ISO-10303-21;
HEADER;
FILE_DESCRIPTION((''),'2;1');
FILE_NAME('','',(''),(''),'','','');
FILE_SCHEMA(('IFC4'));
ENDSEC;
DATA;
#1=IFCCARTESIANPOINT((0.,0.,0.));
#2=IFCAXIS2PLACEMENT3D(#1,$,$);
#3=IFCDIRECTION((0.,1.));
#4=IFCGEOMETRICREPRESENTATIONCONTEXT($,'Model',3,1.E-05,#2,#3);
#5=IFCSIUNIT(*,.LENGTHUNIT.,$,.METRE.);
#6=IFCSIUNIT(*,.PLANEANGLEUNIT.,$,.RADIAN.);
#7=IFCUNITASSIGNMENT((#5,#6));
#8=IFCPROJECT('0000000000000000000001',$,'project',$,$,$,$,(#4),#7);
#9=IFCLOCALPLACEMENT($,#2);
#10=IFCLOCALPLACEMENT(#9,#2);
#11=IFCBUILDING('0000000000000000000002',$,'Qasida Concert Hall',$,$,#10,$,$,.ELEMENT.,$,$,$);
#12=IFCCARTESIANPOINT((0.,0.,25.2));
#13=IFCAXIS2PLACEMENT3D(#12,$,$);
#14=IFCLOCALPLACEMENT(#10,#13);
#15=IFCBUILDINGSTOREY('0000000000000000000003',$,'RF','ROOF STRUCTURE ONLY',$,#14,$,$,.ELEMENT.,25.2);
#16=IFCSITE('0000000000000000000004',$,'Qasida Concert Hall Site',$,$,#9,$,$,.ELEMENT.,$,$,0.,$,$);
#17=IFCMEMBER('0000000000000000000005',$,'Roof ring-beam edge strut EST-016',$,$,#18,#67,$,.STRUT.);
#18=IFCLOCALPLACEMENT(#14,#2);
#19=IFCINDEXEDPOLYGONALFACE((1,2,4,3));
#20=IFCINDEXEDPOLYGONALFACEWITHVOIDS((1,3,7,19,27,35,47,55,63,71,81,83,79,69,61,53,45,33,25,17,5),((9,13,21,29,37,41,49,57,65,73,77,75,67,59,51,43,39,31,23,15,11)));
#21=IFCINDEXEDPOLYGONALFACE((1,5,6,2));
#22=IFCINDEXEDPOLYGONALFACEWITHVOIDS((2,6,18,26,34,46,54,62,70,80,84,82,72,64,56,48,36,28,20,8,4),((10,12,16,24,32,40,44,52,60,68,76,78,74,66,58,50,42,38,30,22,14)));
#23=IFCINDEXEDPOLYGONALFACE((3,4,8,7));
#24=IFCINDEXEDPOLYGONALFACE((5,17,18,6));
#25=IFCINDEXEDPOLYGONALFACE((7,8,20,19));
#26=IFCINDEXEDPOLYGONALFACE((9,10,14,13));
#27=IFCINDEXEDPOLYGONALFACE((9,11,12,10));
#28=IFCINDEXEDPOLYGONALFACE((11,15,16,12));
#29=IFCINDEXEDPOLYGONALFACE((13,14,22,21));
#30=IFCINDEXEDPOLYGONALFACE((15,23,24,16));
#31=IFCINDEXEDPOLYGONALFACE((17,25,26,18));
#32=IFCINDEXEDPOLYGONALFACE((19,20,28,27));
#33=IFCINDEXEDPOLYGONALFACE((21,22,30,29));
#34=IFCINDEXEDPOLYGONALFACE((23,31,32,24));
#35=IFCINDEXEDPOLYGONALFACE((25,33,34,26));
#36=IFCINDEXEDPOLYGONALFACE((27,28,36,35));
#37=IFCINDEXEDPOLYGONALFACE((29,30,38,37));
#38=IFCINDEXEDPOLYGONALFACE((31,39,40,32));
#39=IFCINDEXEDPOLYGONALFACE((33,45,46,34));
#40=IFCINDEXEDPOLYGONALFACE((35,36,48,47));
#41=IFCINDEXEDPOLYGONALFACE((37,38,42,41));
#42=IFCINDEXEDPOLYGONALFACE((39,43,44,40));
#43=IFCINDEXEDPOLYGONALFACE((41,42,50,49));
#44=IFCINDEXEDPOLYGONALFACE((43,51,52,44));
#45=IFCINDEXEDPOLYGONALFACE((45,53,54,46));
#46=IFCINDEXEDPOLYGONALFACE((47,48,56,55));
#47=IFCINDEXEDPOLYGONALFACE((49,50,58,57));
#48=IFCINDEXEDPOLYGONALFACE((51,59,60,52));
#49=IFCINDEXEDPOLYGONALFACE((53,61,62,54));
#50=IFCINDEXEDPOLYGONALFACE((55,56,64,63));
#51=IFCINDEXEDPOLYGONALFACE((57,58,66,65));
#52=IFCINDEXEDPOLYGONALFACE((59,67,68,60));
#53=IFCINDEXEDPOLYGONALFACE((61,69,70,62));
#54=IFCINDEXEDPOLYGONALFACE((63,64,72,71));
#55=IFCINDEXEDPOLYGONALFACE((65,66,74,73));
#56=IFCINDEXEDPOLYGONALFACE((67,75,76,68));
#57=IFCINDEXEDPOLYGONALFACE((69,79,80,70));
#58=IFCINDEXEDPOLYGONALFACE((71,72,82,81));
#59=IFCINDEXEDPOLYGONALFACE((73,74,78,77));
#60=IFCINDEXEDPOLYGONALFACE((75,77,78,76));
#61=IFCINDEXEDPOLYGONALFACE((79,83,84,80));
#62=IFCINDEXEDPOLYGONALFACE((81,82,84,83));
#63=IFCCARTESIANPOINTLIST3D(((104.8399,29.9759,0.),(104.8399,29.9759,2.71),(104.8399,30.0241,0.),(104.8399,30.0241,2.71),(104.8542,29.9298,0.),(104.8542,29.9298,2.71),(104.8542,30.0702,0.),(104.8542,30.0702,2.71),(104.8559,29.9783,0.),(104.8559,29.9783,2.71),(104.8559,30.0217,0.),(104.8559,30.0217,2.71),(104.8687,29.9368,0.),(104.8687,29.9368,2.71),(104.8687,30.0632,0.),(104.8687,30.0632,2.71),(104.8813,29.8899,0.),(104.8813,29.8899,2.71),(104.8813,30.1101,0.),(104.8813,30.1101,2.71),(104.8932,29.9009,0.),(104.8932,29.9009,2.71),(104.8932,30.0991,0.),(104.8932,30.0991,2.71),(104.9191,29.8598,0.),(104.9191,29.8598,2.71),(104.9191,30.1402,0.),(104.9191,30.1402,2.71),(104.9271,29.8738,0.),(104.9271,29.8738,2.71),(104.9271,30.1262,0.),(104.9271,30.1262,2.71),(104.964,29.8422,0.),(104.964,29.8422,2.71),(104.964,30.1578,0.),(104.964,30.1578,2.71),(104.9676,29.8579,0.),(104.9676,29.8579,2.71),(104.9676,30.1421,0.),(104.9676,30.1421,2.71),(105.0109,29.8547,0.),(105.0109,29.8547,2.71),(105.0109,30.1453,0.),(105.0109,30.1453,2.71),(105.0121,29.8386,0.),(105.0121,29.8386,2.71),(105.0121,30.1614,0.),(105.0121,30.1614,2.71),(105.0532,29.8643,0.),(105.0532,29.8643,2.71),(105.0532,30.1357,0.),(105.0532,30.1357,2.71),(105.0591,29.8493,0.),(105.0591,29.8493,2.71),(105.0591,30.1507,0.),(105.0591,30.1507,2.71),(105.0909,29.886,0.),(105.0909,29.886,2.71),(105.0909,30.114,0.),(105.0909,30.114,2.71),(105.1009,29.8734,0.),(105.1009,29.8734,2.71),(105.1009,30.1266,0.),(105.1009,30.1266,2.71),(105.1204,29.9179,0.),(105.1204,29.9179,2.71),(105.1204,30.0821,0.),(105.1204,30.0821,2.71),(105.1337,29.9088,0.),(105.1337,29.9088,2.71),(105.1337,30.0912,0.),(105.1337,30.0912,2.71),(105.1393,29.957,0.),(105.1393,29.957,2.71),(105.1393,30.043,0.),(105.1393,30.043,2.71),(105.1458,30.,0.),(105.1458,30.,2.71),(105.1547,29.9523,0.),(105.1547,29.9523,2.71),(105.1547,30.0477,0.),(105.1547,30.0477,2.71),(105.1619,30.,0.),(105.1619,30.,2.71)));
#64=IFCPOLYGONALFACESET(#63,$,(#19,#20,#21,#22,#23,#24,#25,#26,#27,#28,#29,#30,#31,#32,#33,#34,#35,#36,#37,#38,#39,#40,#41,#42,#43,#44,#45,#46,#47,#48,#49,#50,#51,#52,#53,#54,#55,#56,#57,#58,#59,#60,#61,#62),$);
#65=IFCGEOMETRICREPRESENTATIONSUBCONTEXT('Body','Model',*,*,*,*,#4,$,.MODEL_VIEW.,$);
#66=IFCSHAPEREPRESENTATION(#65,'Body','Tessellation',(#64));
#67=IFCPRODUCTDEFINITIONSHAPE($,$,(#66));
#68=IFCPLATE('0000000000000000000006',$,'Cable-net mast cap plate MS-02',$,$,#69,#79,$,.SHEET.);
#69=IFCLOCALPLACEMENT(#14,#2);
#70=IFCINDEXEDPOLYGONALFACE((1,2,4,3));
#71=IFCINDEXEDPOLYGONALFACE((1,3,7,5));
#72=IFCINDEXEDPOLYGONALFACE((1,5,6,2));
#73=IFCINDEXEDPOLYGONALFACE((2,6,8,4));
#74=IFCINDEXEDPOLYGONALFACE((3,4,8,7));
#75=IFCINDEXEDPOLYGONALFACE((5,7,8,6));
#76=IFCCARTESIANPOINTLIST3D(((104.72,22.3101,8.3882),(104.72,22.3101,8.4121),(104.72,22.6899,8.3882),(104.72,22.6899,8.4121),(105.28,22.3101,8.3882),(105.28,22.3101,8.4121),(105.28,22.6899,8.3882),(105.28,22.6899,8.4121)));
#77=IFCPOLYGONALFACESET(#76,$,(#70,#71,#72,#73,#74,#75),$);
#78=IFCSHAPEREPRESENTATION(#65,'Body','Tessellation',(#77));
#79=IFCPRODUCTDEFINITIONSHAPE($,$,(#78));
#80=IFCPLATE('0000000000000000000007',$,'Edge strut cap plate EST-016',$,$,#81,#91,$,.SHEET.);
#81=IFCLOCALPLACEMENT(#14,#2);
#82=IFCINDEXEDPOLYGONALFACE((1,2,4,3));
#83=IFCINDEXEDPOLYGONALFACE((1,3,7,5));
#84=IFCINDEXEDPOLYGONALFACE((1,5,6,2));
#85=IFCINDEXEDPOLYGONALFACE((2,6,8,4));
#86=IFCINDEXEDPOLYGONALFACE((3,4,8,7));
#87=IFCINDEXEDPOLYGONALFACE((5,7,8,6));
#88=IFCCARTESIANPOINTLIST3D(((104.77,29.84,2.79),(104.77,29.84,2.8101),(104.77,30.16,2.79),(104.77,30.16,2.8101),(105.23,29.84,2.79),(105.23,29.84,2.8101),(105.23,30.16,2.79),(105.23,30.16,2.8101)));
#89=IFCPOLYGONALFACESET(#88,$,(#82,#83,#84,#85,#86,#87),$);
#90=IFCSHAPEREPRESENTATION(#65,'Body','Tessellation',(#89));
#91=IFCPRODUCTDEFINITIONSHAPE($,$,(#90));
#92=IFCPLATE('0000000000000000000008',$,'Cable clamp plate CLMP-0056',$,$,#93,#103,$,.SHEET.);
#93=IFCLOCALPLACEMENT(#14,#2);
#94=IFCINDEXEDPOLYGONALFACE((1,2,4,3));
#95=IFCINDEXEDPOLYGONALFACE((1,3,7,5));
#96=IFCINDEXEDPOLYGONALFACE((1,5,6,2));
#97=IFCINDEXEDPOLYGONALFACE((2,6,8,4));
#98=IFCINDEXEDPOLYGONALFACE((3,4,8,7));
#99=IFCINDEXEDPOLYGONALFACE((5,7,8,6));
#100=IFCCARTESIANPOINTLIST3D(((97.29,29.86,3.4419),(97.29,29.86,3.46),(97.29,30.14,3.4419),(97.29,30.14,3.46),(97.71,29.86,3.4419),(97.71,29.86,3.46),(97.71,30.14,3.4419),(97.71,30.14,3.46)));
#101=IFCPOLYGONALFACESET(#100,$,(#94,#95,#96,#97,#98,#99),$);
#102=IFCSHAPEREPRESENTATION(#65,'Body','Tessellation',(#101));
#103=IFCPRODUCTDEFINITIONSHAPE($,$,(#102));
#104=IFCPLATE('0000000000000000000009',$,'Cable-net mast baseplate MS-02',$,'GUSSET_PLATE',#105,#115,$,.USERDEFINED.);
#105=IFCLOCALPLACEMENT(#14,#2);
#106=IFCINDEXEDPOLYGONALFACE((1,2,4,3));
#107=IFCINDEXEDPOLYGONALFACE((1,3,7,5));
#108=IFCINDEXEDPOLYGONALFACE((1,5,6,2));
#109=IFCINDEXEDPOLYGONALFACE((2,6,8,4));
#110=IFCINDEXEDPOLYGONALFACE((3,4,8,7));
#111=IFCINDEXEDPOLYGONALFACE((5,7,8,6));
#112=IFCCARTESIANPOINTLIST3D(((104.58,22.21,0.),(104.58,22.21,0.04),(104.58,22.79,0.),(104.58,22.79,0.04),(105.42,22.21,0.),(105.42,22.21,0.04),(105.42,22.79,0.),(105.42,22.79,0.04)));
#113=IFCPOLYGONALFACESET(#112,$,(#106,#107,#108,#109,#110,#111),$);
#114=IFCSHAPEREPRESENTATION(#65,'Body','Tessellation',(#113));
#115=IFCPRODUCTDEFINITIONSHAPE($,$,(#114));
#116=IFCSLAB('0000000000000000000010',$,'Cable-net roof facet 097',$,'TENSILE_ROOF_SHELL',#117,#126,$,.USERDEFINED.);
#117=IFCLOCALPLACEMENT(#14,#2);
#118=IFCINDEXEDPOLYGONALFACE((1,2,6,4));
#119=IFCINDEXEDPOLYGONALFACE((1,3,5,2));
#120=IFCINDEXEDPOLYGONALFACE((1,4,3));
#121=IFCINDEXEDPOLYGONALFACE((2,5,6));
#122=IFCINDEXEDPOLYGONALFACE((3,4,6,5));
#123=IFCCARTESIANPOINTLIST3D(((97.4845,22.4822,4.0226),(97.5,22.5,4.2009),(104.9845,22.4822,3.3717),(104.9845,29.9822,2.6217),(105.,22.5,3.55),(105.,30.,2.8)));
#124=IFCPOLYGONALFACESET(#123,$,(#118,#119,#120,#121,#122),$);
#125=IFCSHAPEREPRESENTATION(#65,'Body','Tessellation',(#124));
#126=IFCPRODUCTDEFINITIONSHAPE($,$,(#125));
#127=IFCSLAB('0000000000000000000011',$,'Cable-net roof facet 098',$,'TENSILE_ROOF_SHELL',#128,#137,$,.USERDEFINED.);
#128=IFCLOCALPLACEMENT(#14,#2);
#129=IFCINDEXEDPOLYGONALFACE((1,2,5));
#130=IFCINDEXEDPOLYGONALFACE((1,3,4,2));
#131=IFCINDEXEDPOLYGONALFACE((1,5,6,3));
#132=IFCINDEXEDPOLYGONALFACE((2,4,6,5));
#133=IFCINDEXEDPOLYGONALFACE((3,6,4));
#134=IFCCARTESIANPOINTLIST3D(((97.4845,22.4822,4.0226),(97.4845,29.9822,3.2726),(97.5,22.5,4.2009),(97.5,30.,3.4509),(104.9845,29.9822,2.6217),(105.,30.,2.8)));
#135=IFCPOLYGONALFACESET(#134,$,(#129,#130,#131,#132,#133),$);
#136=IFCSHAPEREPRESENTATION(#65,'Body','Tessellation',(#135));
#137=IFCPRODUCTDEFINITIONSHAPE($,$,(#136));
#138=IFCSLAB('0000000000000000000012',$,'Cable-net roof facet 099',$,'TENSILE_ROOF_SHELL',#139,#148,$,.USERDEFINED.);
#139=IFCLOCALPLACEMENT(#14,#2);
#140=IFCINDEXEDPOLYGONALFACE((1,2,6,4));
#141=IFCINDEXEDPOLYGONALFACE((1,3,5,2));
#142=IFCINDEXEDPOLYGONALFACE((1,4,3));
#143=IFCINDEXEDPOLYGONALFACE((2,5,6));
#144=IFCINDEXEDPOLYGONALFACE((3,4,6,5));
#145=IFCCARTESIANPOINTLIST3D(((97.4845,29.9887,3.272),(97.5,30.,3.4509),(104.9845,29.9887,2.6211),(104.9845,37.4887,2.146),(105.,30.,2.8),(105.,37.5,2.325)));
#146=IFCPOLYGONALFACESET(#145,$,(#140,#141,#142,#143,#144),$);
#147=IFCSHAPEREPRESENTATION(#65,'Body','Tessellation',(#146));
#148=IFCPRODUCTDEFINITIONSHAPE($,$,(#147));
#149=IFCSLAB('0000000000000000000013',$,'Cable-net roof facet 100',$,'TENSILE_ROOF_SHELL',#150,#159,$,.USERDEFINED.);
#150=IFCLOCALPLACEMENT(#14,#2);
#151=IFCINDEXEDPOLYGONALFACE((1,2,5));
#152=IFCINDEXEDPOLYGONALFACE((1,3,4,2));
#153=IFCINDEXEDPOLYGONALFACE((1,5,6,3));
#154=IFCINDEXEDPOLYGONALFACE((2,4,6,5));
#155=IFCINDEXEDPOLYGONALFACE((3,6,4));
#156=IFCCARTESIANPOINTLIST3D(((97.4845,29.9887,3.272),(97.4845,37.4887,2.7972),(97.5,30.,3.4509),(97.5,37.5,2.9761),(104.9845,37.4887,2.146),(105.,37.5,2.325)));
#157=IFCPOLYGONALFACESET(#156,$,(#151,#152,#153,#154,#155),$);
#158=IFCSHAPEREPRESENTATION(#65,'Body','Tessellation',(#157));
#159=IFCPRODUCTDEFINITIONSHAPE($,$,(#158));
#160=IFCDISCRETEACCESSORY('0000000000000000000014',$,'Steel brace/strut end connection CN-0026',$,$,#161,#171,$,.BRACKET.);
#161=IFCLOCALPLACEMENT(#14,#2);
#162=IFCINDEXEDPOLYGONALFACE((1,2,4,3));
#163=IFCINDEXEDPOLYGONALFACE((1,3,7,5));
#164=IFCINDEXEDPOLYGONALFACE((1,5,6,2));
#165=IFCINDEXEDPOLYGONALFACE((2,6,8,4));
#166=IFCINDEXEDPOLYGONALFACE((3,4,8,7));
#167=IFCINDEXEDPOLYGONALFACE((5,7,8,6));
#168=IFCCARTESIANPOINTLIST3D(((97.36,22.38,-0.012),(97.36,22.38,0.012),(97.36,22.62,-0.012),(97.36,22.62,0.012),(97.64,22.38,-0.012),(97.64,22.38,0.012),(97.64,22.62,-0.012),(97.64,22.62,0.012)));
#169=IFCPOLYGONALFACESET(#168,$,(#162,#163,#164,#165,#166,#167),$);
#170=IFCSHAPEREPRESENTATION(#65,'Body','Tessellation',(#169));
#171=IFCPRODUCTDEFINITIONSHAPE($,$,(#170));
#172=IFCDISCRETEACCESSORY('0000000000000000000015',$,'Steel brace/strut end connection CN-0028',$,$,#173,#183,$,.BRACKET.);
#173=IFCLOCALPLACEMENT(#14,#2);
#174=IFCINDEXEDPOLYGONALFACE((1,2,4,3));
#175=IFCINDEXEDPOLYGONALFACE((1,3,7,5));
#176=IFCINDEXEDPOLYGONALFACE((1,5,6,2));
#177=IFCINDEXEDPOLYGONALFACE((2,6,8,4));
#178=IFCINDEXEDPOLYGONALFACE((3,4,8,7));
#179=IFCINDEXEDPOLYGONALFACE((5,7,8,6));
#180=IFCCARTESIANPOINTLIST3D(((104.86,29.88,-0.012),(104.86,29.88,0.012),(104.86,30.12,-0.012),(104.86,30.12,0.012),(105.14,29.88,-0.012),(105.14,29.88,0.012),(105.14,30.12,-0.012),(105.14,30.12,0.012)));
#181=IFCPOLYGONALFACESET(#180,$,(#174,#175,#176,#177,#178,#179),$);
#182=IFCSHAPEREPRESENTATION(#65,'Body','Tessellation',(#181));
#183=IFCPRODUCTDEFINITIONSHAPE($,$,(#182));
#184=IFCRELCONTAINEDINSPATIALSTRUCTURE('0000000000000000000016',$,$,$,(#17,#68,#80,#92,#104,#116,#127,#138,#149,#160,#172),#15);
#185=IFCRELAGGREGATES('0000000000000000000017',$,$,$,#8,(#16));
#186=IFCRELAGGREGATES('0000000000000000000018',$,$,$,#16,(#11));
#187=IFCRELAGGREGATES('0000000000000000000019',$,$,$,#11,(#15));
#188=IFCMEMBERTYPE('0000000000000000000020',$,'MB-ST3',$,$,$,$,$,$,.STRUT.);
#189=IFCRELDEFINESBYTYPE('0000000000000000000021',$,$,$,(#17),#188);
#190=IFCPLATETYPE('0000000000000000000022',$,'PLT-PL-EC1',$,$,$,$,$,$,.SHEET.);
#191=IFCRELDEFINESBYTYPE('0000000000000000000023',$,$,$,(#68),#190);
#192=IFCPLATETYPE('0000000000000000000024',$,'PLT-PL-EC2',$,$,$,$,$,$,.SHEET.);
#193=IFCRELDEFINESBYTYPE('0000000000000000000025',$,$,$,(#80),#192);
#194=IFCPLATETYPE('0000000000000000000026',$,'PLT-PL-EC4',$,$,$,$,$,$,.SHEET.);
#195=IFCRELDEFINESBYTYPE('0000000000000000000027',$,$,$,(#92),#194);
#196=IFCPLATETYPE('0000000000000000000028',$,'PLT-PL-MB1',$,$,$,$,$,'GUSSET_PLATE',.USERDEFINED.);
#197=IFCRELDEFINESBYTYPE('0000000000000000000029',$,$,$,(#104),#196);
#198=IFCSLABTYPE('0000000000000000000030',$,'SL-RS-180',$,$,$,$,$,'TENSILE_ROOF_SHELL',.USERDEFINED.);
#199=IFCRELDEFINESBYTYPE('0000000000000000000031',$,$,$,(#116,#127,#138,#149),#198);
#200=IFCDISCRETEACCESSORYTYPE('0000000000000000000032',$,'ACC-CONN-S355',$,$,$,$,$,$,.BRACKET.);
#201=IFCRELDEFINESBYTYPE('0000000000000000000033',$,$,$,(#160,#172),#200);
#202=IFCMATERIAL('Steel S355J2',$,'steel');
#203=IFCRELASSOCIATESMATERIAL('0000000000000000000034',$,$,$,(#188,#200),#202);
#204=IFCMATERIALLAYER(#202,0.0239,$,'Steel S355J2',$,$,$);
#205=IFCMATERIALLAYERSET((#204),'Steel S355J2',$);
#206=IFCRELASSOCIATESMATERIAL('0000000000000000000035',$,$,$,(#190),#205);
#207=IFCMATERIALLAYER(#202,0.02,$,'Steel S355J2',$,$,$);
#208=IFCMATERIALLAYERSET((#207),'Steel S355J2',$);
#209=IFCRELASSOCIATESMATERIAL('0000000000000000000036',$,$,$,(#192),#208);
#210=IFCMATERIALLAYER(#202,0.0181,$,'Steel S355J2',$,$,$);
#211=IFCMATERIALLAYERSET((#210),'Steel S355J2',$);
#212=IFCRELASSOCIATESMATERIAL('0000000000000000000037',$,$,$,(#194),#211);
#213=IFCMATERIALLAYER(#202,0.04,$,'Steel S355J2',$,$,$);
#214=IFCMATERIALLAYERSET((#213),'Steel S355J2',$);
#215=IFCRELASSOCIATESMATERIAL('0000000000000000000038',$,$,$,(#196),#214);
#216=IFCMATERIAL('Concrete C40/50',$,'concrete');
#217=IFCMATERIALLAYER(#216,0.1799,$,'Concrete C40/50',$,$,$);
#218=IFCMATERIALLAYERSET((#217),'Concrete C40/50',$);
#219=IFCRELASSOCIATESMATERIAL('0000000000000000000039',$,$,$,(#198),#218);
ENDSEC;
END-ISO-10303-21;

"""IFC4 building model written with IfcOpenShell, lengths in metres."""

from ifc_helpers import new_model, si_unit, direction, frame, origin, origin_2d, place, context, subcontext, project, spatial, polyline, rectangle, hollow_circle, outline, extrude, material, layer, layer_set, material_profile, profile_set, type_object, element, save


model = new_model("IFC4")

# Units and contexts
model_context = context("Model", 3, precision=1e-05, world=origin(), true_north=direction((0.0, 1.0)))
body_context = subcontext(model_context, "Body", "Model", "MODEL_VIEW")
ifc_project = project(units=[si_unit("LENGTHUNIT", "METRE"), si_unit("PLANEANGLEUNIT", "RADIAN")], contexts=[model_context])

# Site, building, storey
site_placement = place(None, origin())
site = spatial("IfcSite", under=ifc_project, at=site_placement, Name="Qasida Concert Hall Site", CompositionType="ELEMENT", RefElevation=0.0)
building_placement = place(site_placement, origin())
building = spatial("IfcBuilding", under=site, at=building_placement, Name="Qasida Concert Hall", CompositionType="ELEMENT")
storey_placement = place(building_placement, frame((0.0, 0.0, 25.2)))
storey = spatial("IfcBuildingStorey", under=building, at=storey_placement, Name="RF", Description="ROOF STRUCTURE ONLY", CompositionType="ELEMENT", Elevation=25.2)

# Member
ifc_material_1 = material(Name="Steel S355J2", Category="steel")
ifc_material_profile_1 = material_profile(ifc_material_1, hollow_circle(Radius=0.1619, WallThickness=0.0161, at=origin_2d()), Name="CHS 323.9x16")
ifc_profile_set_1 = profile_set([ifc_material_profile_1], Name="Steel S355J2")
member_type_1 = type_object("IfcMemberType", Name="MB-ST3", PredefinedType="STRUT", material=ifc_profile_set_1)
member_1_placement = place(storey_placement, frame((105.0, 30.0, 0.0), z_axis=(0.0, 0.0, 1.0), x_axis=(1.0, 0.0, 0.0)))
element("IfcMember", 1, at=member_1_placement, inside=storey, type_object=member_type_1, Name="Roof ring-beam edge strut EST-016", PredefinedType="STRUT", context=body_context, shape_type="SweptSolid", body=[
    extrude(hollow_circle(Radius=0.1619, WallThickness=0.0161, at=origin_2d()), origin(), (0.0, 0.0, 1.0), 2.71),
])

# Plates
ifc_layer_1 = layer(ifc_material_1, 0.0239, Name="Steel S355J2")
ifc_layer_set_1 = layer_set([ifc_layer_1], Name="Steel S355J2")
plate_type_1 = type_object("IfcPlateType", Name="PLT-PL-EC1", PredefinedType="SHEET", material=ifc_layer_set_1)
plate_1_placement = place(storey_placement, frame((105.0, 22.5, 8.3882), z_axis=(0.0, 0.0, 1.0), x_axis=(1.0, 0.0, 0.0)))
element("IfcPlate", 2, at=plate_1_placement, inside=storey, type_object=plate_type_1, Name="Cable-net mast cap plate MS-02", PredefinedType="SHEET", context=body_context, shape_type="SweptSolid", body=[
    extrude(rectangle(XDim=0.5601, YDim=0.3799, at=origin_2d()), origin(), (0.0, 0.0, 1.0), 0.0239),
])
ifc_layer_2 = layer(ifc_material_1, 0.02, Name="Steel S355J2")
ifc_layer_set_2 = layer_set([ifc_layer_2], Name="Steel S355J2")
plate_type_2 = type_object("IfcPlateType", Name="PLT-PL-EC2", PredefinedType="SHEET", material=ifc_layer_set_2)
plate_2_placement = place(storey_placement, frame((105.0, 30.0, 2.79), z_axis=(0.0, 0.0, 1.0), x_axis=(1.0, 0.0, 0.0)))
element("IfcPlate", 3, at=plate_2_placement, inside=storey, type_object=plate_type_2, Name="Edge strut cap plate EST-016", PredefinedType="SHEET", context=body_context, shape_type="SweptSolid", body=[
    extrude(rectangle(XDim=0.46, YDim=0.3201, at=origin_2d()), origin(), (0.0, 0.0, 1.0), 0.02),
])
ifc_layer_3 = layer(ifc_material_1, 0.0181, Name="Steel S355J2")
ifc_layer_set_3 = layer_set([ifc_layer_3], Name="Steel S355J2")
plate_type_3 = type_object("IfcPlateType", Name="PLT-PL-EC4", PredefinedType="SHEET", material=ifc_layer_set_3)
plate_3_placement = place(storey_placement, frame((97.5, 30.0, 3.4419), z_axis=(0.0, 0.0, 1.0), x_axis=(1.0, 0.0, 0.0)))
element("IfcPlate", 4, at=plate_3_placement, inside=storey, type_object=plate_type_3, Name="Cable clamp plate CLMP-0056", PredefinedType="SHEET", context=body_context, shape_type="SweptSolid", body=[
    extrude(rectangle(XDim=0.4199, YDim=0.28, at=origin_2d()), origin(), (0.0, 0.0, 1.0), 0.0181),
])
ifc_layer_4 = layer(ifc_material_1, 0.04, Name="Steel S355J2")
ifc_layer_set_4 = layer_set([ifc_layer_4], Name="Steel S355J2")
plate_type_4 = type_object("IfcPlateType", Name="PLT-PL-MB1", ElementType="GUSSET_PLATE", PredefinedType="USERDEFINED", material=ifc_layer_set_4)
plate_4_placement = place(storey_placement, frame((105.0, 22.5, 0.0), z_axis=(0.0, 0.0, 1.0), x_axis=(1.0, 0.0, 0.0)))
element("IfcPlate", 5, at=plate_4_placement, inside=storey, type_object=plate_type_4, Name="Cable-net mast baseplate MS-02", ObjectType="GUSSET_PLATE", PredefinedType="USERDEFINED", context=body_context, shape_type="SweptSolid", body=[
    extrude(rectangle(XDim=0.8401, YDim=0.5801, at=origin_2d()), origin(), (0.0, 0.0, 1.0), 0.04),
])

# Slabs
ifc_material_2 = material(Name="Concrete C40/50", Category="concrete")
ifc_layer_5 = layer(ifc_material_2, 0.1799, Name="Concrete C40/50")
ifc_layer_set_5 = layer_set([ifc_layer_5], Name="Concrete C40/50")
slab_type = type_object("IfcSlabType", Name="SL-RS-180", ElementType="TENSILE_ROOF_SHELL", PredefinedType="USERDEFINED", material=ifc_layer_set_5)
slab_1_placement = place(storey_placement, frame((97.5, 22.5, 4.2009), z_axis=(0.086033, 0.099135, 0.991348), x_axis=(0.996255, 0.0, -0.086459)))
element("IfcSlab", 6, at=slab_1_placement, inside=storey, type_object=slab_type, Name="Cable-net roof facet 097", ObjectType="TENSILE_ROOF_SHELL", PredefinedType="USERDEFINED", context=body_context, shape_type="SweptSolid", body=[
    extrude(outline(polyline([(0.0, 0.0), (7.5282, 0.0), (7.593, 7.5371), (0.0, 0.0)])), origin(), (0.0, 0.0, -1.0), 0.1799),
])
slab_2_placement = place(storey_placement, frame((97.5, 22.5, 4.2009), z_axis=(0.086033, 0.099135, 0.991348), x_axis=(0.701019, 0.701019, -0.130939)))
element("IfcSlab", 7, at=slab_2_placement, inside=storey, type_object=slab_type, Name="Cable-net roof facet 098", ObjectType="TENSILE_ROOF_SHELL", PredefinedType="USERDEFINED", context=body_context, shape_type="SweptSolid", body=[
    extrude(outline(polyline([(0.0, 0.0), (10.6987, 0.0), (5.3558, 5.3035), (0.0, 0.0)])), origin(), (0.0, 0.0, -1.0), 0.1799),
])
slab_3_placement = place(storey_placement, frame((97.5, 30.0, 3.4509), z_axis=(0.086287, 0.062984, 0.994277), x_axis=(0.996255, 0.0, -0.086459)))
element("IfcSlab", 8, at=slab_3_placement, inside=storey, type_object=slab_type, Name="Cable-net roof facet 099", ObjectType="TENSILE_ROOF_SHELL", PredefinedType="USERDEFINED", context=body_context, shape_type="SweptSolid", body=[
    extrude(outline(polyline([(0.0, 0.0), (7.5282, 0.0), (7.5693, 7.5149), (0.0, 0.0)])), origin(), (0.0, 0.0, -1.0), 0.1799),
])
slab_4_placement = place(storey_placement, frame((97.5, 30.0, 3.4509), z_axis=(0.08632, 0.062951, 0.994277), x_axis=(0.703156, 0.703156, -0.105565)))
element("IfcSlab", 9, at=slab_4_placement, inside=storey, type_object=slab_type, Name="Cable-net roof facet 100", ObjectType="TENSILE_ROOF_SHELL", PredefinedType="USERDEFINED", context=body_context, shape_type="SweptSolid", body=[
    extrude(outline(polyline([(0.0, 0.0), (10.6662, 0.0), (5.3238, 5.304), (0.0, 0.0)])), origin(), (0.0, 0.0, -1.0), 0.1799),
])

# Discrete accessories
discrete_accessory_type = type_object("IfcDiscreteAccessoryType", Name="ACC-CONN-S355", PredefinedType="BRACKET", material=ifc_material_1)
for number, where, z_axis, x_axis, name in (
    (10, (97.5, 22.5, -0.012), (0.0, 0.0, 1.0), (1.0, 0.0, 0.0), "Steel brace/strut end connection CN-0026"),
    (11, (105.0, 30.0, -0.012), (0.0, 0.0, 1.0), (1.0, 0.0, 0.0), "Steel brace/strut end connection CN-0028"),
):
    element("IfcDiscreteAccessory", number, at=place(storey_placement, frame(where, z_axis=z_axis, x_axis=x_axis)), inside=storey, type_object=discrete_accessory_type, Name=name, PredefinedType="BRACKET", context=body_context, shape_type="SweptSolid", body=[
        extrude(rectangle(XDim=0.28, YDim=0.24, at=origin_2d()), origin(), (0.0, 0.0, 1.0), 0.0239),
    ])

save(model, "model.ifc")
